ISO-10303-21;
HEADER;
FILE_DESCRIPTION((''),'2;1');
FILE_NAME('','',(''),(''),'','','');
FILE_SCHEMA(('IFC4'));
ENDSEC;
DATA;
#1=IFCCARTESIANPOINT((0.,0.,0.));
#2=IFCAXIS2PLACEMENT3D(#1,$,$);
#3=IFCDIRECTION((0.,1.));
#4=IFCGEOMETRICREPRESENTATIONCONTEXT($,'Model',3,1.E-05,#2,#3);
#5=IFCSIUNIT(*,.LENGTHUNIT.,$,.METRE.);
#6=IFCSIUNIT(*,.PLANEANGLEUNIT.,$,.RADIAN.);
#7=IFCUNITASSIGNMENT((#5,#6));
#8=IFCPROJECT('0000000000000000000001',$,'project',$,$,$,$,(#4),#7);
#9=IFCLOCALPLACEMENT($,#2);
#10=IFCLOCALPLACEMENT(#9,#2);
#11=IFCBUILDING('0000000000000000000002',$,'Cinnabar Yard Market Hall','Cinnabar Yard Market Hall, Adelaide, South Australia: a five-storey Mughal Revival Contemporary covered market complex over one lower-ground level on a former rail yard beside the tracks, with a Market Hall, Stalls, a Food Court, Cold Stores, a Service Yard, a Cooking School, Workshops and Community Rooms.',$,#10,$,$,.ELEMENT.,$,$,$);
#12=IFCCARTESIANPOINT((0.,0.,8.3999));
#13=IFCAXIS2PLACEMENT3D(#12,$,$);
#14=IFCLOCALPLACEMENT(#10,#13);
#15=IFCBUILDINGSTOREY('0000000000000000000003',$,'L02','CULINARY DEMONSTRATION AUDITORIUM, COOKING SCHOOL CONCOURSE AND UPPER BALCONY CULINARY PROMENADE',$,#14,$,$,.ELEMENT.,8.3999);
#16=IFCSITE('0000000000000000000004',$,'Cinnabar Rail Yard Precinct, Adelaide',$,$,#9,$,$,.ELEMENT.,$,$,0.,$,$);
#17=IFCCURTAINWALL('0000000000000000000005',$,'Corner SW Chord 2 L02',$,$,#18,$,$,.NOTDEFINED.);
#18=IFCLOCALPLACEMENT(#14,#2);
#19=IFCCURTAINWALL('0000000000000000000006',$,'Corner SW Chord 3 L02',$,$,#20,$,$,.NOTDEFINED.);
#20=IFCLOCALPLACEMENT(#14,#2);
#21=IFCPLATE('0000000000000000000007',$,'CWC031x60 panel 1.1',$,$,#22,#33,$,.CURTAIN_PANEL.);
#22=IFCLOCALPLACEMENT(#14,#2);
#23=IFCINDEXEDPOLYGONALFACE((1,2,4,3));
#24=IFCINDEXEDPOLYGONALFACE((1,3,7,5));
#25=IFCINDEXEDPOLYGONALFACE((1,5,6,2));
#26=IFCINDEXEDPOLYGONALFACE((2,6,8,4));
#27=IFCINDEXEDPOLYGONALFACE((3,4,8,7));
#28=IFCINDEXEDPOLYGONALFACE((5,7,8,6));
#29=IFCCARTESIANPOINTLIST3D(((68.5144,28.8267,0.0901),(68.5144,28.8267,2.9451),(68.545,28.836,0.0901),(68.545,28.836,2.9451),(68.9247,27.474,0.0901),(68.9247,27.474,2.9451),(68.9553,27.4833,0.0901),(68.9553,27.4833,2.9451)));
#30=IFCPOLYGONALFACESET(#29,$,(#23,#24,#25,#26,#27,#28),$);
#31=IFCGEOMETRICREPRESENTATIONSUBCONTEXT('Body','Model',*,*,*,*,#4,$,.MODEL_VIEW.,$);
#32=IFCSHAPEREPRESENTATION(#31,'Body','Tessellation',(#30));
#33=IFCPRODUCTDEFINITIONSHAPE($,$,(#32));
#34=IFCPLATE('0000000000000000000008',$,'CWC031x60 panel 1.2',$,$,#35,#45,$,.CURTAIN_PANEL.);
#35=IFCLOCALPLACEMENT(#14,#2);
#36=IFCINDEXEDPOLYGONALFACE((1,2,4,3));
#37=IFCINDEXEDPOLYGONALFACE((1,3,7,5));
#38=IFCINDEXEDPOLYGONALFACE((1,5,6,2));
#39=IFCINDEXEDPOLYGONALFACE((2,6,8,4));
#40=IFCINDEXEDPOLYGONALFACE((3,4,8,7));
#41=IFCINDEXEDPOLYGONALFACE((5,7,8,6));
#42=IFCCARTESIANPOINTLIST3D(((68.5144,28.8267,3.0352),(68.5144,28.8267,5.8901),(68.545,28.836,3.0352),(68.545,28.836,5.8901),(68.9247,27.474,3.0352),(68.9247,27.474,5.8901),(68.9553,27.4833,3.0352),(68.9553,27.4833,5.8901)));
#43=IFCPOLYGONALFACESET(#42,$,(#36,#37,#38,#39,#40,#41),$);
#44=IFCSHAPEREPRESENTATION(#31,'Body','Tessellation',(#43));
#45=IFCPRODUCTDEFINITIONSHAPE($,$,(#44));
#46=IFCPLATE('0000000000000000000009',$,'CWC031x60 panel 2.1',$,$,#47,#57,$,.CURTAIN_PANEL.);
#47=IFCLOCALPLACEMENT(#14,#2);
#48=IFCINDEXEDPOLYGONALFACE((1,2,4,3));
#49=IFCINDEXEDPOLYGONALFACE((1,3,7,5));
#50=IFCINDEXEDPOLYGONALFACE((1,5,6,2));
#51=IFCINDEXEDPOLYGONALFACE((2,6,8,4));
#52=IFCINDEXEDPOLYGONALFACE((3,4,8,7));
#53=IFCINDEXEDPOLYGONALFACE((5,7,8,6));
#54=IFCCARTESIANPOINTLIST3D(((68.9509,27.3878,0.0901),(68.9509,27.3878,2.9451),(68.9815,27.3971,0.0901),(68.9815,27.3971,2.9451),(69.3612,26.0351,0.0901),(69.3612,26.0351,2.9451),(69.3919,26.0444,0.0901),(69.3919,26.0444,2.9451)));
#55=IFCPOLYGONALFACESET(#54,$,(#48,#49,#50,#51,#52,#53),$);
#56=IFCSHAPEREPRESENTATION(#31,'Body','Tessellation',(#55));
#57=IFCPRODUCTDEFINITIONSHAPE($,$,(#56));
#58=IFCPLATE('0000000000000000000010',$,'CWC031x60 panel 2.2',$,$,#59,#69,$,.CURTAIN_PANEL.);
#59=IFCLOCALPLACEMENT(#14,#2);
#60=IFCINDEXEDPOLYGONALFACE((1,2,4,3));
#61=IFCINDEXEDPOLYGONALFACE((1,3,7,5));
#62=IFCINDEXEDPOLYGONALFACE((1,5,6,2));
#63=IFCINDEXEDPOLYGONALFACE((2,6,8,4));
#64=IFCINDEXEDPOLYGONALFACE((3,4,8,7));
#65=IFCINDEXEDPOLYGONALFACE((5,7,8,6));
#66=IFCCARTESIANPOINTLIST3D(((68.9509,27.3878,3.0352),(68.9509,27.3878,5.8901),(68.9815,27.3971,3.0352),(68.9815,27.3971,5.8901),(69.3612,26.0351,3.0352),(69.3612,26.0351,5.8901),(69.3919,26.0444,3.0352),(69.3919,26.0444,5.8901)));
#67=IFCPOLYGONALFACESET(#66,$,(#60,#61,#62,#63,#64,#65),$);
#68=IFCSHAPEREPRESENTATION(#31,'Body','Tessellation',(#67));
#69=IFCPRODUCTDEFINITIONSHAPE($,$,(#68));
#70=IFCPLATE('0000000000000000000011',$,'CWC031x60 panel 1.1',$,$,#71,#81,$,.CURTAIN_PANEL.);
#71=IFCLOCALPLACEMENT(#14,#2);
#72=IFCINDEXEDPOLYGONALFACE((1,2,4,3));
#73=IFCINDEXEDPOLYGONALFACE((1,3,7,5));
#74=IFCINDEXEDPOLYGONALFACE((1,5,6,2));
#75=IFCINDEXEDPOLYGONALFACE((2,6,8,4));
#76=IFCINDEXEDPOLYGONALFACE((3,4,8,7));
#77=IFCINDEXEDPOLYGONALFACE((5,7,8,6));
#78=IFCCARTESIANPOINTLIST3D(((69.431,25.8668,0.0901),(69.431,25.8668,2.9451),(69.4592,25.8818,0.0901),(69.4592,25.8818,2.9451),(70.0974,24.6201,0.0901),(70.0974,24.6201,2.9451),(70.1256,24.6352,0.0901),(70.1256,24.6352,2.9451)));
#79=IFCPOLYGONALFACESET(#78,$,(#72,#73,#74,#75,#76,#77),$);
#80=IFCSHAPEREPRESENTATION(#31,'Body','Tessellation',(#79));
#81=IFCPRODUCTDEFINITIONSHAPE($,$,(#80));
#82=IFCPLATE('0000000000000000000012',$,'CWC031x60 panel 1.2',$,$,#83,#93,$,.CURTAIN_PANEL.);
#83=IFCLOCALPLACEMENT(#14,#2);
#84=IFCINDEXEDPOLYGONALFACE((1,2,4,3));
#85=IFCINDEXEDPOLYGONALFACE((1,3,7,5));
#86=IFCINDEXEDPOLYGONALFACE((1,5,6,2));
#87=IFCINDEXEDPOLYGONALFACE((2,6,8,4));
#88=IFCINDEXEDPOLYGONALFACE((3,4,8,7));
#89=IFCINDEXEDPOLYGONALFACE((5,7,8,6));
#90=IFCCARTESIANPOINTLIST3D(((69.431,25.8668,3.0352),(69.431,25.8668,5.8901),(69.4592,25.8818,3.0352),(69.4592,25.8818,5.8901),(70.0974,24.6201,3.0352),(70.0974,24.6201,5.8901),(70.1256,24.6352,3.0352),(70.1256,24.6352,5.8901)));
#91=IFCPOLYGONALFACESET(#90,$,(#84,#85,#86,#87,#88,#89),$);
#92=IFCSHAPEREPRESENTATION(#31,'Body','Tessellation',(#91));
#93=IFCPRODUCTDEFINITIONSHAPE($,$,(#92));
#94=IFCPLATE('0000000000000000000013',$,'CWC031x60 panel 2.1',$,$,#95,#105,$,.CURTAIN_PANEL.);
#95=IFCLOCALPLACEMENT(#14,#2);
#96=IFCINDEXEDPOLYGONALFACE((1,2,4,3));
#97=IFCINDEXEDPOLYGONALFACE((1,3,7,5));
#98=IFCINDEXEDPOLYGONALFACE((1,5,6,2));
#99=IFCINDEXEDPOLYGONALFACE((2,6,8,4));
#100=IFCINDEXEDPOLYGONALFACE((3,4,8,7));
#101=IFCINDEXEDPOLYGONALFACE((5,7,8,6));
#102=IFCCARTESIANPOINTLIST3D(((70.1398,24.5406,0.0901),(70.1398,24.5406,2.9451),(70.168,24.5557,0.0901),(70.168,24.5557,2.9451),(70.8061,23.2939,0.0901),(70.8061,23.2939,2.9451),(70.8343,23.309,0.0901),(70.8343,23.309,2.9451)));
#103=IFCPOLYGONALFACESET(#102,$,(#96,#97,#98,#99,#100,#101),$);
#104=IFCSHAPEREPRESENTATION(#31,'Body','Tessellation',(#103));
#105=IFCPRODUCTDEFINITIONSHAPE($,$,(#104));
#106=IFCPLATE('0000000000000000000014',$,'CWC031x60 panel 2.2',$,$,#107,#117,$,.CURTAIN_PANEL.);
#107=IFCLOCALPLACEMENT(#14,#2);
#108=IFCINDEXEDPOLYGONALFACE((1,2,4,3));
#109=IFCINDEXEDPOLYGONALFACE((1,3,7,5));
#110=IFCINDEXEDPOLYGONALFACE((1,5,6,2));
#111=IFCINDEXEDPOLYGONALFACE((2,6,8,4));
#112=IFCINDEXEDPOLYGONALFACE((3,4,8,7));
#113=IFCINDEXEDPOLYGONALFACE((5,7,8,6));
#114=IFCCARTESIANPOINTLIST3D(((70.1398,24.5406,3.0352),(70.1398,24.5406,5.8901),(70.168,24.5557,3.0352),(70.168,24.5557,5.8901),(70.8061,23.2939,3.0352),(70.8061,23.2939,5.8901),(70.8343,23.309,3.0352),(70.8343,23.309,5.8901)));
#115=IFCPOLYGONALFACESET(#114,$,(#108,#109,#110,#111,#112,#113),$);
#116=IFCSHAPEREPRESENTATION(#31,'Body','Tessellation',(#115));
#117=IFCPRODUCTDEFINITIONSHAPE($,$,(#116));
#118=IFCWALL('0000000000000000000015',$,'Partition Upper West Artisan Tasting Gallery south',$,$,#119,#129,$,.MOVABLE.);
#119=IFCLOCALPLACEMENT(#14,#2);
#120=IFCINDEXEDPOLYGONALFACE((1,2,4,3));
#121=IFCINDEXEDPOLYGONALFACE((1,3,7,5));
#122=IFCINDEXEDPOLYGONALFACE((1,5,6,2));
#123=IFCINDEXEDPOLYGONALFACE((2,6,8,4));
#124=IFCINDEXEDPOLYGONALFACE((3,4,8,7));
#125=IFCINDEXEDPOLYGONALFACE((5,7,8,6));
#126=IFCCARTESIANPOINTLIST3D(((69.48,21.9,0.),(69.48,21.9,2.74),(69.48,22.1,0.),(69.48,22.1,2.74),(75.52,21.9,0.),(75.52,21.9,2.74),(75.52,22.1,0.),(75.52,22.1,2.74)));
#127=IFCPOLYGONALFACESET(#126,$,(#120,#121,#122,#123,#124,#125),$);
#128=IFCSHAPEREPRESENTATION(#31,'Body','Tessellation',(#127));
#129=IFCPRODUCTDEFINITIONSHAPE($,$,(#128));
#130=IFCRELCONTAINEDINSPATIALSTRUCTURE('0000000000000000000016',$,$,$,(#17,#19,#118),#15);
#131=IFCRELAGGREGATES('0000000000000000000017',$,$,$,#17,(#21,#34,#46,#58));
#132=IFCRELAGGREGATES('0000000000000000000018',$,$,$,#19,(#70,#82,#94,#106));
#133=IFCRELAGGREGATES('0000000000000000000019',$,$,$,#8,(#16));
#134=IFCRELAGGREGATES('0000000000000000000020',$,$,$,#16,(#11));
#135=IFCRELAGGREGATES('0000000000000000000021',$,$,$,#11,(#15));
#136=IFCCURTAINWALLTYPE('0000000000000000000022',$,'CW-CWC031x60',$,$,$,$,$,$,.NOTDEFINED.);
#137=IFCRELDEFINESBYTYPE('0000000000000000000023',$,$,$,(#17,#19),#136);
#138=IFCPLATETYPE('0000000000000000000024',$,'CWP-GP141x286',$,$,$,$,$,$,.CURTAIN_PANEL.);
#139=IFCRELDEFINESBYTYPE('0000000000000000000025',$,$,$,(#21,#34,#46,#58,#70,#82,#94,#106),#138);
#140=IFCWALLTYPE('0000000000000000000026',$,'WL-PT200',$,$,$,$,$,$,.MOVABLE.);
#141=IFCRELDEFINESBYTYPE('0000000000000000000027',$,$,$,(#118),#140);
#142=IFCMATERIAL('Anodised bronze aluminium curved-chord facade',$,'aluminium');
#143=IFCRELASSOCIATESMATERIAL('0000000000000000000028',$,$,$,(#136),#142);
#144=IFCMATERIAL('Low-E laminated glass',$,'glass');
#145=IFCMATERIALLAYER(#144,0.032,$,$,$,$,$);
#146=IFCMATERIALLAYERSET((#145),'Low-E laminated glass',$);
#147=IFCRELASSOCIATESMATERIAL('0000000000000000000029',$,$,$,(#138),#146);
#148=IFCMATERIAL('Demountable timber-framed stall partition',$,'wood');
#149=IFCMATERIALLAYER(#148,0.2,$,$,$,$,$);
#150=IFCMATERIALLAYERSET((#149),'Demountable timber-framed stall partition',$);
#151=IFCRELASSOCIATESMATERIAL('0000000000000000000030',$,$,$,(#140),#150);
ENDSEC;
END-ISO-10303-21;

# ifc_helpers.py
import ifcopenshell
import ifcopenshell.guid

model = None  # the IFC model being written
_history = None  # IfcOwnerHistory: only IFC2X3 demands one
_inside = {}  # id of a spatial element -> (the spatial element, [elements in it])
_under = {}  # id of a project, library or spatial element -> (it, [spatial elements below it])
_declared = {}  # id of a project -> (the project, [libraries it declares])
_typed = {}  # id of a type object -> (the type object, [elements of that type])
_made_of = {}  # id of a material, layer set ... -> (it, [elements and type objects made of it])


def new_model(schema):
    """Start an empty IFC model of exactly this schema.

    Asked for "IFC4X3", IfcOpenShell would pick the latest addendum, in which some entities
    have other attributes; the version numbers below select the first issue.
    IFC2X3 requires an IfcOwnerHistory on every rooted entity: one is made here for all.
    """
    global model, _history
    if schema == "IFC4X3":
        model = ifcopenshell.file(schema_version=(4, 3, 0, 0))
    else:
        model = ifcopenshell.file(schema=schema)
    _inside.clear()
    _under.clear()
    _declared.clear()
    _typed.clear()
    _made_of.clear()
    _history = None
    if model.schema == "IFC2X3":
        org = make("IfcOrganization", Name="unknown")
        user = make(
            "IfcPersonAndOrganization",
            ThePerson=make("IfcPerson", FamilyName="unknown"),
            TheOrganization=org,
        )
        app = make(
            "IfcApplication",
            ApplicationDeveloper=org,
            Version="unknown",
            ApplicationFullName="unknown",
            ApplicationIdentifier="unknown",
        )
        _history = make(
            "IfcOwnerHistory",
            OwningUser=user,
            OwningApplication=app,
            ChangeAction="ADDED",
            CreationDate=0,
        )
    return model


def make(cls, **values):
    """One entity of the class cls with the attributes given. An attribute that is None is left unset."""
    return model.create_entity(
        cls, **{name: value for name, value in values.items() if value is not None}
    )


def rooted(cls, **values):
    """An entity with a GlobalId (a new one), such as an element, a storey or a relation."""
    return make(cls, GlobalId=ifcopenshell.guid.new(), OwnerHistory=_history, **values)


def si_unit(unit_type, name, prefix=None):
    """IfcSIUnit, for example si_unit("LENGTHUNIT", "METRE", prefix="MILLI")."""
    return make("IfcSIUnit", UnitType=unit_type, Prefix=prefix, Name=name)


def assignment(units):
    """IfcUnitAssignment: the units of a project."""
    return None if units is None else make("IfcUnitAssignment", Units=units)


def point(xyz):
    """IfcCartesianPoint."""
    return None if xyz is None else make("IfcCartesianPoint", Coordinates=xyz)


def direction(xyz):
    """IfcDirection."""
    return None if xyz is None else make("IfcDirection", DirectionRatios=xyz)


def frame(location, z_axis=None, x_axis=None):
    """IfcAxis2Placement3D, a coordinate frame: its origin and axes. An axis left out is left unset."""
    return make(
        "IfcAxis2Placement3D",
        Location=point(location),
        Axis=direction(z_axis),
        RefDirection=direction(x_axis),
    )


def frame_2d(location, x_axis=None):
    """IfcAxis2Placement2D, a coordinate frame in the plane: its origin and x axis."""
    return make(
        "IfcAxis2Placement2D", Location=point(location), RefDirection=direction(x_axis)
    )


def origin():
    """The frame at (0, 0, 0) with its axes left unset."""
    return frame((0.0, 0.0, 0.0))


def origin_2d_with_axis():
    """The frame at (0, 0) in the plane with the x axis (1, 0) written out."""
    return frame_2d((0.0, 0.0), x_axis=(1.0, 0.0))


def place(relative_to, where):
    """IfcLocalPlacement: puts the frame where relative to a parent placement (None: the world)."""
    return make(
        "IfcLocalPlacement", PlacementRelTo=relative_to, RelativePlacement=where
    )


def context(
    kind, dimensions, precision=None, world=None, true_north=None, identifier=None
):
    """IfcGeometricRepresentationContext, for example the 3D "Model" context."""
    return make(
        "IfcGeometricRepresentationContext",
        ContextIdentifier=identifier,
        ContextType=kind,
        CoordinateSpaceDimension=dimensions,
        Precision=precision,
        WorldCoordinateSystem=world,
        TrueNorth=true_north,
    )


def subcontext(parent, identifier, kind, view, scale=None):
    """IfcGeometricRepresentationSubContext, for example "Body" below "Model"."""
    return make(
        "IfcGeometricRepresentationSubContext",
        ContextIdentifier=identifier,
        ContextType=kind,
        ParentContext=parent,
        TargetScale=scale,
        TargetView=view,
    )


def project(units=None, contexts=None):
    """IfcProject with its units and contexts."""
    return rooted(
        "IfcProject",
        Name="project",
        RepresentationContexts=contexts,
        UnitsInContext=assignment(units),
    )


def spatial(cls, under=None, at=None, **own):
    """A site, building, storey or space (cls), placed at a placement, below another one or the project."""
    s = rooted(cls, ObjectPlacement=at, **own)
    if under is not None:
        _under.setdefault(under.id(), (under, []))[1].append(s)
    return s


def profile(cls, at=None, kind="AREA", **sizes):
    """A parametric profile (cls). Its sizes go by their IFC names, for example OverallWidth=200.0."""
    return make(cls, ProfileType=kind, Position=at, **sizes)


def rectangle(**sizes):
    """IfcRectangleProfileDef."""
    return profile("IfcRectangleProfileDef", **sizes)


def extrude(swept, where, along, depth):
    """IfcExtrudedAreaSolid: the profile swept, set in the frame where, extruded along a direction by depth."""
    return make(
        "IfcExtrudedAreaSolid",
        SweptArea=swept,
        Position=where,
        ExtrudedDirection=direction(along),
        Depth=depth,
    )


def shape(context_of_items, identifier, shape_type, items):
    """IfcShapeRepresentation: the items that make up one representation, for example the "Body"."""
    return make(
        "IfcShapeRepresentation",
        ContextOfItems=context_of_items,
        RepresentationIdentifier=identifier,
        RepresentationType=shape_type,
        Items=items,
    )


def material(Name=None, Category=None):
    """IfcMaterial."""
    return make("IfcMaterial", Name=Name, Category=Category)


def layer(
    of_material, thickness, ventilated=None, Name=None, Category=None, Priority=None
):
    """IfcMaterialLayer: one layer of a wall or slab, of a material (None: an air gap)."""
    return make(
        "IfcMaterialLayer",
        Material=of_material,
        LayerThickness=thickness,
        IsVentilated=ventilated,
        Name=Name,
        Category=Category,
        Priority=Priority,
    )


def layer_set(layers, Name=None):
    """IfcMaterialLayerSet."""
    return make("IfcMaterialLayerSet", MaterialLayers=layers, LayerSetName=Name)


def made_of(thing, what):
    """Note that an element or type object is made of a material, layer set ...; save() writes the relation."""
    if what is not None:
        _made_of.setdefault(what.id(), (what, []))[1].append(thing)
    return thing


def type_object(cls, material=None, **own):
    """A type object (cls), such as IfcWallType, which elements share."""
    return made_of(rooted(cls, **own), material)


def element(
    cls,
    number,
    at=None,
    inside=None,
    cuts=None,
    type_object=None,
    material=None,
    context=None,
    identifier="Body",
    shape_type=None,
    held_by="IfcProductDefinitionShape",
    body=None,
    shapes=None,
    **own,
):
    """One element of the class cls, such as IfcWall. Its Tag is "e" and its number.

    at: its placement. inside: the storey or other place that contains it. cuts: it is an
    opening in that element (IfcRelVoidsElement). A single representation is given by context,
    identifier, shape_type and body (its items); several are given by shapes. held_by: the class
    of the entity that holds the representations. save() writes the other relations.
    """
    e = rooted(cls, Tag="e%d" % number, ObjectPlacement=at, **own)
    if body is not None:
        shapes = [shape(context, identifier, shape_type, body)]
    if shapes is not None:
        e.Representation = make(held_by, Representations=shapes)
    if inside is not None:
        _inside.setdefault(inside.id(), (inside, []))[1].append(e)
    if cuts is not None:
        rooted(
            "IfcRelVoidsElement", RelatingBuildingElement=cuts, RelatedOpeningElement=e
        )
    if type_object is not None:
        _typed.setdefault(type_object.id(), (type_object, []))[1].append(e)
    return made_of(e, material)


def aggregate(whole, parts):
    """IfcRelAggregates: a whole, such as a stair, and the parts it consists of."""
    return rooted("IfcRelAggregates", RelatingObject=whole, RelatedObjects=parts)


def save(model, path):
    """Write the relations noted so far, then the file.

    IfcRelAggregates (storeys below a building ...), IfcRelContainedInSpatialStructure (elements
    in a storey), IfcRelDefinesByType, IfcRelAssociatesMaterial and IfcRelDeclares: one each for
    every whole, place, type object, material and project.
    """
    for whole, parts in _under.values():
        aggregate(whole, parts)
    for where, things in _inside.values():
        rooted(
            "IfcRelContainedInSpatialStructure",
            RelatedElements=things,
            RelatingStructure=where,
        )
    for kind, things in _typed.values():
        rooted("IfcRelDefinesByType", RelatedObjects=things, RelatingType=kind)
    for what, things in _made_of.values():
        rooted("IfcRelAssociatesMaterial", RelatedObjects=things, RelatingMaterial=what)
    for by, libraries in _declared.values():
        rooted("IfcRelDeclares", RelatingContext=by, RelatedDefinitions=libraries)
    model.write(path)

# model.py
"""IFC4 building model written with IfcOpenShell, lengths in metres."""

from ifc_helpers import new_model, si_unit, direction, frame, frame_2d, origin, origin_2d_with_axis, place, context, subcontext, project, spatial, rectangle, extrude, material, layer, layer_set, type_object, element, aggregate, save


model = new_model("IFC4")

# Units and contexts
model_context = context("Model", 3, precision=1e-05, world=origin(), true_north=direction((0.0, 1.0)))
body_context = subcontext(model_context, "Body", "Model", "MODEL_VIEW")
ifc_project = project(units=[si_unit("LENGTHUNIT", "METRE"), si_unit("PLANEANGLEUNIT", "RADIAN")], contexts=[model_context])

# Site, building, storey
site_placement = place(None, origin())
site = spatial("IfcSite", under=ifc_project, at=site_placement, Name="Cinnabar Rail Yard Precinct, Adelaide", CompositionType="ELEMENT", RefElevation=0.0)
building_placement = place(site_placement, origin())
building = spatial("IfcBuilding", under=site, at=building_placement, Name="Cinnabar Yard Market Hall", Description="Cinnabar Yard Market Hall, Adelaide, South Australia: a five-storey Mughal Revival Contemporary covered market complex over one lower-ground level on a former rail yard beside the tracks, with a Market Hall, Stalls, a Food Court, Cold Stores, a Service Yard, a Cooking School, Workshops and Community Rooms.", CompositionType="ELEMENT")
storey_placement = place(building_placement, frame((0.0, 0.0, 8.3999)))
storey = spatial("IfcBuildingStorey", under=building, at=storey_placement, Name="L02", Description="CULINARY DEMONSTRATION AUDITORIUM, COOKING SCHOOL CONCOURSE AND UPPER BALCONY CULINARY PROMENADE", CompositionType="ELEMENT", Elevation=8.3999)

# Curtain walls
ifc_material_1 = material(Name="Anodised bronze aluminium curved-chord facade", Category="aluminium")
curtain_wall_type = type_object("IfcCurtainWallType", Name="CW-CWC031x60", PredefinedType="NOTDEFINED", material=ifc_material_1)
curtain_wall_1_placement = place(storey_placement, origin())
curtain_wall_1 = element("IfcCurtainWall", 1, at=curtain_wall_1_placement, inside=storey, type_object=curtain_wall_type, Name="Corner SW Chord 2 L02", PredefinedType="NOTDEFINED")
curtain_wall_2_placement = place(storey_placement, origin())
curtain_wall_2 = element("IfcCurtainWall", 2, at=curtain_wall_2_placement, inside=storey, type_object=curtain_wall_type, Name="Corner SW Chord 3 L02", PredefinedType="NOTDEFINED")

# Plates
ifc_material_2 = material(Name="Low-E laminated glass", Category="glass")
ifc_layer_1 = layer(ifc_material_2, 0.032)
ifc_layer_set_1 = layer_set([ifc_layer_1], Name="Low-E laminated glass")
plate_type = type_object("IfcPlateType", Name="CWP-GP141x286", PredefinedType="CURTAIN_PANEL", material=ifc_layer_set_1)
plate_1_placement = place(storey_placement, frame((68.7349, 28.155, 0.0901), z_axis=(0.0, 0.0, 1.0), x_axis=(0.290279, -0.956942, 0.0)))
plate_1 = element("IfcPlate", 3, at=plate_1_placement, type_object=plate_type, Name="CWC031x60 panel 1.1", PredefinedType="CURTAIN_PANEL", context=body_context, shape_type="SweptSolid", body=[
    extrude(rectangle(XDim=1.4136, YDim=0.032, at=origin_2d_with_axis()), origin(), (0.0, 0.0, 1.0), 2.855),
])
plate_2_placement = place(storey_placement, frame((68.7349, 28.155, 3.0352), z_axis=(0.0, 0.0, 1.0), x_axis=(0.290279, -0.956942, 0.0)))
plate_2 = element("IfcPlate", 4, at=plate_2_placement, type_object=plate_type, Name="CWC031x60 panel 1.2", PredefinedType="CURTAIN_PANEL", context=body_context, shape_type="SweptSolid", body=[
    extrude(rectangle(XDim=1.4136, YDim=0.032, at=origin_2d_with_axis()), origin(), (0.0, 0.0, 1.0), 2.855),
])
plate_3_placement = place(storey_placement, frame((69.1714, 26.7161, 0.0901), z_axis=(0.0, 0.0, 1.0), x_axis=(0.290279, -0.956942, 0.0)))
plate_3 = element("IfcPlate", 5, at=plate_3_placement, type_object=plate_type, Name="CWC031x60 panel 2.1", PredefinedType="CURTAIN_PANEL", context=body_context, shape_type="SweptSolid", body=[
    extrude(rectangle(XDim=1.4136, YDim=0.032, at=origin_2d_with_axis()), origin(), (0.0, 0.0, 1.0), 2.855),
])
plate_4_placement = place(storey_placement, frame((69.1714, 26.7161, 3.0352), z_axis=(0.0, 0.0, 1.0), x_axis=(0.290279, -0.956942, 0.0)))
plate_4 = element("IfcPlate", 6, at=plate_4_placement, type_object=plate_type, Name="CWC031x60 panel 2.2", PredefinedType="CURTAIN_PANEL", context=body_context, shape_type="SweptSolid", body=[
    extrude(rectangle(XDim=1.4136, YDim=0.032, at=origin_2d_with_axis()), origin(), (0.0, 0.0, 1.0), 2.855),
])
aggregate(curtain_wall_1, [plate_1, plate_2, plate_3, plate_4])
plate_5_placement = place(storey_placement, frame((69.7783, 25.251, 0.0901), z_axis=(0.0, 0.0, 1.0), x_axis=(0.471404, -0.881917, 0.0)))
plate_5 = element("IfcPlate", 7, at=plate_5_placement, type_object=plate_type, Name="CWC031x60 panel 1.1", PredefinedType="CURTAIN_PANEL", context=body_context, shape_type="SweptSolid", body=[
    extrude(rectangle(XDim=1.4136, YDim=0.032, at=origin_2d_with_axis()), origin(), (0.0, 0.0, 1.0), 2.855),
])
plate_6_placement = place(storey_placement, frame((69.7783, 25.251, 3.0352), z_axis=(0.0, 0.0, 1.0), x_axis=(0.471404, -0.881917, 0.0)))
plate_6 = element("IfcPlate", 8, at=plate_6_placement, type_object=plate_type, Name="CWC031x60 panel 1.2", PredefinedType="CURTAIN_PANEL", context=body_context, shape_type="SweptSolid", body=[
    extrude(rectangle(XDim=1.4136, YDim=0.032, at=origin_2d_with_axis()), origin(), (0.0, 0.0, 1.0), 2.855),
])
plate_7_placement = place(storey_placement, frame((70.4871, 23.9248, 0.0901), z_axis=(0.0, 0.0, 1.0), x_axis=(0.471404, -0.881917, 0.0)))
plate_7 = element("IfcPlate", 9, at=plate_7_placement, type_object=plate_type, Name="CWC031x60 panel 2.1", PredefinedType="CURTAIN_PANEL", context=body_context, shape_type="SweptSolid", body=[
    extrude(rectangle(XDim=1.4136, YDim=0.032, at=origin_2d_with_axis()), origin(), (0.0, 0.0, 1.0), 2.855),
])
plate_8_placement = place(storey_placement, frame((70.4871, 23.9248, 3.0352), z_axis=(0.0, 0.0, 1.0), x_axis=(0.471404, -0.881917, 0.0)))
plate_8 = element("IfcPlate", 10, at=plate_8_placement, type_object=plate_type, Name="CWC031x60 panel 2.2", PredefinedType="CURTAIN_PANEL", context=body_context, shape_type="SweptSolid", body=[
    extrude(rectangle(XDim=1.4136, YDim=0.032, at=origin_2d_with_axis()), origin(), (0.0, 0.0, 1.0), 2.855),
])
aggregate(curtain_wall_2, [plate_5, plate_6, plate_7, plate_8])

# Wall
ifc_material_3 = material(Name="Demountable timber-framed stall partition", Category="wood")
ifc_layer_2 = layer(ifc_material_3, 0.2)
ifc_layer_set_2 = layer_set([ifc_layer_2], Name="Demountable timber-framed stall partition")
wall_type = type_object("IfcWallType", Name="WL-PT200", PredefinedType="MOVABLE", material=ifc_layer_set_2)
wall_placement = place(storey_placement, frame((69.48, 22.0, 0.0), z_axis=(0.0, 0.0, 1.0), x_axis=(1.0, 0.0, 0.0)))
element("IfcWall", 11, at=wall_placement, inside=storey, type_object=wall_type, Name="Partition Upper West Artisan Tasting Gallery south", PredefinedType="MOVABLE", context=body_context, shape_type="SweptSolid", body=[
    extrude(rectangle(XDim=6.04, YDim=0.2, at=frame_2d((3.02, 0.0), x_axis=(1.0, 0.0))), origin(), (0.0, 0.0, 1.0), 2.74),
])

save(model, "model.ifc")
